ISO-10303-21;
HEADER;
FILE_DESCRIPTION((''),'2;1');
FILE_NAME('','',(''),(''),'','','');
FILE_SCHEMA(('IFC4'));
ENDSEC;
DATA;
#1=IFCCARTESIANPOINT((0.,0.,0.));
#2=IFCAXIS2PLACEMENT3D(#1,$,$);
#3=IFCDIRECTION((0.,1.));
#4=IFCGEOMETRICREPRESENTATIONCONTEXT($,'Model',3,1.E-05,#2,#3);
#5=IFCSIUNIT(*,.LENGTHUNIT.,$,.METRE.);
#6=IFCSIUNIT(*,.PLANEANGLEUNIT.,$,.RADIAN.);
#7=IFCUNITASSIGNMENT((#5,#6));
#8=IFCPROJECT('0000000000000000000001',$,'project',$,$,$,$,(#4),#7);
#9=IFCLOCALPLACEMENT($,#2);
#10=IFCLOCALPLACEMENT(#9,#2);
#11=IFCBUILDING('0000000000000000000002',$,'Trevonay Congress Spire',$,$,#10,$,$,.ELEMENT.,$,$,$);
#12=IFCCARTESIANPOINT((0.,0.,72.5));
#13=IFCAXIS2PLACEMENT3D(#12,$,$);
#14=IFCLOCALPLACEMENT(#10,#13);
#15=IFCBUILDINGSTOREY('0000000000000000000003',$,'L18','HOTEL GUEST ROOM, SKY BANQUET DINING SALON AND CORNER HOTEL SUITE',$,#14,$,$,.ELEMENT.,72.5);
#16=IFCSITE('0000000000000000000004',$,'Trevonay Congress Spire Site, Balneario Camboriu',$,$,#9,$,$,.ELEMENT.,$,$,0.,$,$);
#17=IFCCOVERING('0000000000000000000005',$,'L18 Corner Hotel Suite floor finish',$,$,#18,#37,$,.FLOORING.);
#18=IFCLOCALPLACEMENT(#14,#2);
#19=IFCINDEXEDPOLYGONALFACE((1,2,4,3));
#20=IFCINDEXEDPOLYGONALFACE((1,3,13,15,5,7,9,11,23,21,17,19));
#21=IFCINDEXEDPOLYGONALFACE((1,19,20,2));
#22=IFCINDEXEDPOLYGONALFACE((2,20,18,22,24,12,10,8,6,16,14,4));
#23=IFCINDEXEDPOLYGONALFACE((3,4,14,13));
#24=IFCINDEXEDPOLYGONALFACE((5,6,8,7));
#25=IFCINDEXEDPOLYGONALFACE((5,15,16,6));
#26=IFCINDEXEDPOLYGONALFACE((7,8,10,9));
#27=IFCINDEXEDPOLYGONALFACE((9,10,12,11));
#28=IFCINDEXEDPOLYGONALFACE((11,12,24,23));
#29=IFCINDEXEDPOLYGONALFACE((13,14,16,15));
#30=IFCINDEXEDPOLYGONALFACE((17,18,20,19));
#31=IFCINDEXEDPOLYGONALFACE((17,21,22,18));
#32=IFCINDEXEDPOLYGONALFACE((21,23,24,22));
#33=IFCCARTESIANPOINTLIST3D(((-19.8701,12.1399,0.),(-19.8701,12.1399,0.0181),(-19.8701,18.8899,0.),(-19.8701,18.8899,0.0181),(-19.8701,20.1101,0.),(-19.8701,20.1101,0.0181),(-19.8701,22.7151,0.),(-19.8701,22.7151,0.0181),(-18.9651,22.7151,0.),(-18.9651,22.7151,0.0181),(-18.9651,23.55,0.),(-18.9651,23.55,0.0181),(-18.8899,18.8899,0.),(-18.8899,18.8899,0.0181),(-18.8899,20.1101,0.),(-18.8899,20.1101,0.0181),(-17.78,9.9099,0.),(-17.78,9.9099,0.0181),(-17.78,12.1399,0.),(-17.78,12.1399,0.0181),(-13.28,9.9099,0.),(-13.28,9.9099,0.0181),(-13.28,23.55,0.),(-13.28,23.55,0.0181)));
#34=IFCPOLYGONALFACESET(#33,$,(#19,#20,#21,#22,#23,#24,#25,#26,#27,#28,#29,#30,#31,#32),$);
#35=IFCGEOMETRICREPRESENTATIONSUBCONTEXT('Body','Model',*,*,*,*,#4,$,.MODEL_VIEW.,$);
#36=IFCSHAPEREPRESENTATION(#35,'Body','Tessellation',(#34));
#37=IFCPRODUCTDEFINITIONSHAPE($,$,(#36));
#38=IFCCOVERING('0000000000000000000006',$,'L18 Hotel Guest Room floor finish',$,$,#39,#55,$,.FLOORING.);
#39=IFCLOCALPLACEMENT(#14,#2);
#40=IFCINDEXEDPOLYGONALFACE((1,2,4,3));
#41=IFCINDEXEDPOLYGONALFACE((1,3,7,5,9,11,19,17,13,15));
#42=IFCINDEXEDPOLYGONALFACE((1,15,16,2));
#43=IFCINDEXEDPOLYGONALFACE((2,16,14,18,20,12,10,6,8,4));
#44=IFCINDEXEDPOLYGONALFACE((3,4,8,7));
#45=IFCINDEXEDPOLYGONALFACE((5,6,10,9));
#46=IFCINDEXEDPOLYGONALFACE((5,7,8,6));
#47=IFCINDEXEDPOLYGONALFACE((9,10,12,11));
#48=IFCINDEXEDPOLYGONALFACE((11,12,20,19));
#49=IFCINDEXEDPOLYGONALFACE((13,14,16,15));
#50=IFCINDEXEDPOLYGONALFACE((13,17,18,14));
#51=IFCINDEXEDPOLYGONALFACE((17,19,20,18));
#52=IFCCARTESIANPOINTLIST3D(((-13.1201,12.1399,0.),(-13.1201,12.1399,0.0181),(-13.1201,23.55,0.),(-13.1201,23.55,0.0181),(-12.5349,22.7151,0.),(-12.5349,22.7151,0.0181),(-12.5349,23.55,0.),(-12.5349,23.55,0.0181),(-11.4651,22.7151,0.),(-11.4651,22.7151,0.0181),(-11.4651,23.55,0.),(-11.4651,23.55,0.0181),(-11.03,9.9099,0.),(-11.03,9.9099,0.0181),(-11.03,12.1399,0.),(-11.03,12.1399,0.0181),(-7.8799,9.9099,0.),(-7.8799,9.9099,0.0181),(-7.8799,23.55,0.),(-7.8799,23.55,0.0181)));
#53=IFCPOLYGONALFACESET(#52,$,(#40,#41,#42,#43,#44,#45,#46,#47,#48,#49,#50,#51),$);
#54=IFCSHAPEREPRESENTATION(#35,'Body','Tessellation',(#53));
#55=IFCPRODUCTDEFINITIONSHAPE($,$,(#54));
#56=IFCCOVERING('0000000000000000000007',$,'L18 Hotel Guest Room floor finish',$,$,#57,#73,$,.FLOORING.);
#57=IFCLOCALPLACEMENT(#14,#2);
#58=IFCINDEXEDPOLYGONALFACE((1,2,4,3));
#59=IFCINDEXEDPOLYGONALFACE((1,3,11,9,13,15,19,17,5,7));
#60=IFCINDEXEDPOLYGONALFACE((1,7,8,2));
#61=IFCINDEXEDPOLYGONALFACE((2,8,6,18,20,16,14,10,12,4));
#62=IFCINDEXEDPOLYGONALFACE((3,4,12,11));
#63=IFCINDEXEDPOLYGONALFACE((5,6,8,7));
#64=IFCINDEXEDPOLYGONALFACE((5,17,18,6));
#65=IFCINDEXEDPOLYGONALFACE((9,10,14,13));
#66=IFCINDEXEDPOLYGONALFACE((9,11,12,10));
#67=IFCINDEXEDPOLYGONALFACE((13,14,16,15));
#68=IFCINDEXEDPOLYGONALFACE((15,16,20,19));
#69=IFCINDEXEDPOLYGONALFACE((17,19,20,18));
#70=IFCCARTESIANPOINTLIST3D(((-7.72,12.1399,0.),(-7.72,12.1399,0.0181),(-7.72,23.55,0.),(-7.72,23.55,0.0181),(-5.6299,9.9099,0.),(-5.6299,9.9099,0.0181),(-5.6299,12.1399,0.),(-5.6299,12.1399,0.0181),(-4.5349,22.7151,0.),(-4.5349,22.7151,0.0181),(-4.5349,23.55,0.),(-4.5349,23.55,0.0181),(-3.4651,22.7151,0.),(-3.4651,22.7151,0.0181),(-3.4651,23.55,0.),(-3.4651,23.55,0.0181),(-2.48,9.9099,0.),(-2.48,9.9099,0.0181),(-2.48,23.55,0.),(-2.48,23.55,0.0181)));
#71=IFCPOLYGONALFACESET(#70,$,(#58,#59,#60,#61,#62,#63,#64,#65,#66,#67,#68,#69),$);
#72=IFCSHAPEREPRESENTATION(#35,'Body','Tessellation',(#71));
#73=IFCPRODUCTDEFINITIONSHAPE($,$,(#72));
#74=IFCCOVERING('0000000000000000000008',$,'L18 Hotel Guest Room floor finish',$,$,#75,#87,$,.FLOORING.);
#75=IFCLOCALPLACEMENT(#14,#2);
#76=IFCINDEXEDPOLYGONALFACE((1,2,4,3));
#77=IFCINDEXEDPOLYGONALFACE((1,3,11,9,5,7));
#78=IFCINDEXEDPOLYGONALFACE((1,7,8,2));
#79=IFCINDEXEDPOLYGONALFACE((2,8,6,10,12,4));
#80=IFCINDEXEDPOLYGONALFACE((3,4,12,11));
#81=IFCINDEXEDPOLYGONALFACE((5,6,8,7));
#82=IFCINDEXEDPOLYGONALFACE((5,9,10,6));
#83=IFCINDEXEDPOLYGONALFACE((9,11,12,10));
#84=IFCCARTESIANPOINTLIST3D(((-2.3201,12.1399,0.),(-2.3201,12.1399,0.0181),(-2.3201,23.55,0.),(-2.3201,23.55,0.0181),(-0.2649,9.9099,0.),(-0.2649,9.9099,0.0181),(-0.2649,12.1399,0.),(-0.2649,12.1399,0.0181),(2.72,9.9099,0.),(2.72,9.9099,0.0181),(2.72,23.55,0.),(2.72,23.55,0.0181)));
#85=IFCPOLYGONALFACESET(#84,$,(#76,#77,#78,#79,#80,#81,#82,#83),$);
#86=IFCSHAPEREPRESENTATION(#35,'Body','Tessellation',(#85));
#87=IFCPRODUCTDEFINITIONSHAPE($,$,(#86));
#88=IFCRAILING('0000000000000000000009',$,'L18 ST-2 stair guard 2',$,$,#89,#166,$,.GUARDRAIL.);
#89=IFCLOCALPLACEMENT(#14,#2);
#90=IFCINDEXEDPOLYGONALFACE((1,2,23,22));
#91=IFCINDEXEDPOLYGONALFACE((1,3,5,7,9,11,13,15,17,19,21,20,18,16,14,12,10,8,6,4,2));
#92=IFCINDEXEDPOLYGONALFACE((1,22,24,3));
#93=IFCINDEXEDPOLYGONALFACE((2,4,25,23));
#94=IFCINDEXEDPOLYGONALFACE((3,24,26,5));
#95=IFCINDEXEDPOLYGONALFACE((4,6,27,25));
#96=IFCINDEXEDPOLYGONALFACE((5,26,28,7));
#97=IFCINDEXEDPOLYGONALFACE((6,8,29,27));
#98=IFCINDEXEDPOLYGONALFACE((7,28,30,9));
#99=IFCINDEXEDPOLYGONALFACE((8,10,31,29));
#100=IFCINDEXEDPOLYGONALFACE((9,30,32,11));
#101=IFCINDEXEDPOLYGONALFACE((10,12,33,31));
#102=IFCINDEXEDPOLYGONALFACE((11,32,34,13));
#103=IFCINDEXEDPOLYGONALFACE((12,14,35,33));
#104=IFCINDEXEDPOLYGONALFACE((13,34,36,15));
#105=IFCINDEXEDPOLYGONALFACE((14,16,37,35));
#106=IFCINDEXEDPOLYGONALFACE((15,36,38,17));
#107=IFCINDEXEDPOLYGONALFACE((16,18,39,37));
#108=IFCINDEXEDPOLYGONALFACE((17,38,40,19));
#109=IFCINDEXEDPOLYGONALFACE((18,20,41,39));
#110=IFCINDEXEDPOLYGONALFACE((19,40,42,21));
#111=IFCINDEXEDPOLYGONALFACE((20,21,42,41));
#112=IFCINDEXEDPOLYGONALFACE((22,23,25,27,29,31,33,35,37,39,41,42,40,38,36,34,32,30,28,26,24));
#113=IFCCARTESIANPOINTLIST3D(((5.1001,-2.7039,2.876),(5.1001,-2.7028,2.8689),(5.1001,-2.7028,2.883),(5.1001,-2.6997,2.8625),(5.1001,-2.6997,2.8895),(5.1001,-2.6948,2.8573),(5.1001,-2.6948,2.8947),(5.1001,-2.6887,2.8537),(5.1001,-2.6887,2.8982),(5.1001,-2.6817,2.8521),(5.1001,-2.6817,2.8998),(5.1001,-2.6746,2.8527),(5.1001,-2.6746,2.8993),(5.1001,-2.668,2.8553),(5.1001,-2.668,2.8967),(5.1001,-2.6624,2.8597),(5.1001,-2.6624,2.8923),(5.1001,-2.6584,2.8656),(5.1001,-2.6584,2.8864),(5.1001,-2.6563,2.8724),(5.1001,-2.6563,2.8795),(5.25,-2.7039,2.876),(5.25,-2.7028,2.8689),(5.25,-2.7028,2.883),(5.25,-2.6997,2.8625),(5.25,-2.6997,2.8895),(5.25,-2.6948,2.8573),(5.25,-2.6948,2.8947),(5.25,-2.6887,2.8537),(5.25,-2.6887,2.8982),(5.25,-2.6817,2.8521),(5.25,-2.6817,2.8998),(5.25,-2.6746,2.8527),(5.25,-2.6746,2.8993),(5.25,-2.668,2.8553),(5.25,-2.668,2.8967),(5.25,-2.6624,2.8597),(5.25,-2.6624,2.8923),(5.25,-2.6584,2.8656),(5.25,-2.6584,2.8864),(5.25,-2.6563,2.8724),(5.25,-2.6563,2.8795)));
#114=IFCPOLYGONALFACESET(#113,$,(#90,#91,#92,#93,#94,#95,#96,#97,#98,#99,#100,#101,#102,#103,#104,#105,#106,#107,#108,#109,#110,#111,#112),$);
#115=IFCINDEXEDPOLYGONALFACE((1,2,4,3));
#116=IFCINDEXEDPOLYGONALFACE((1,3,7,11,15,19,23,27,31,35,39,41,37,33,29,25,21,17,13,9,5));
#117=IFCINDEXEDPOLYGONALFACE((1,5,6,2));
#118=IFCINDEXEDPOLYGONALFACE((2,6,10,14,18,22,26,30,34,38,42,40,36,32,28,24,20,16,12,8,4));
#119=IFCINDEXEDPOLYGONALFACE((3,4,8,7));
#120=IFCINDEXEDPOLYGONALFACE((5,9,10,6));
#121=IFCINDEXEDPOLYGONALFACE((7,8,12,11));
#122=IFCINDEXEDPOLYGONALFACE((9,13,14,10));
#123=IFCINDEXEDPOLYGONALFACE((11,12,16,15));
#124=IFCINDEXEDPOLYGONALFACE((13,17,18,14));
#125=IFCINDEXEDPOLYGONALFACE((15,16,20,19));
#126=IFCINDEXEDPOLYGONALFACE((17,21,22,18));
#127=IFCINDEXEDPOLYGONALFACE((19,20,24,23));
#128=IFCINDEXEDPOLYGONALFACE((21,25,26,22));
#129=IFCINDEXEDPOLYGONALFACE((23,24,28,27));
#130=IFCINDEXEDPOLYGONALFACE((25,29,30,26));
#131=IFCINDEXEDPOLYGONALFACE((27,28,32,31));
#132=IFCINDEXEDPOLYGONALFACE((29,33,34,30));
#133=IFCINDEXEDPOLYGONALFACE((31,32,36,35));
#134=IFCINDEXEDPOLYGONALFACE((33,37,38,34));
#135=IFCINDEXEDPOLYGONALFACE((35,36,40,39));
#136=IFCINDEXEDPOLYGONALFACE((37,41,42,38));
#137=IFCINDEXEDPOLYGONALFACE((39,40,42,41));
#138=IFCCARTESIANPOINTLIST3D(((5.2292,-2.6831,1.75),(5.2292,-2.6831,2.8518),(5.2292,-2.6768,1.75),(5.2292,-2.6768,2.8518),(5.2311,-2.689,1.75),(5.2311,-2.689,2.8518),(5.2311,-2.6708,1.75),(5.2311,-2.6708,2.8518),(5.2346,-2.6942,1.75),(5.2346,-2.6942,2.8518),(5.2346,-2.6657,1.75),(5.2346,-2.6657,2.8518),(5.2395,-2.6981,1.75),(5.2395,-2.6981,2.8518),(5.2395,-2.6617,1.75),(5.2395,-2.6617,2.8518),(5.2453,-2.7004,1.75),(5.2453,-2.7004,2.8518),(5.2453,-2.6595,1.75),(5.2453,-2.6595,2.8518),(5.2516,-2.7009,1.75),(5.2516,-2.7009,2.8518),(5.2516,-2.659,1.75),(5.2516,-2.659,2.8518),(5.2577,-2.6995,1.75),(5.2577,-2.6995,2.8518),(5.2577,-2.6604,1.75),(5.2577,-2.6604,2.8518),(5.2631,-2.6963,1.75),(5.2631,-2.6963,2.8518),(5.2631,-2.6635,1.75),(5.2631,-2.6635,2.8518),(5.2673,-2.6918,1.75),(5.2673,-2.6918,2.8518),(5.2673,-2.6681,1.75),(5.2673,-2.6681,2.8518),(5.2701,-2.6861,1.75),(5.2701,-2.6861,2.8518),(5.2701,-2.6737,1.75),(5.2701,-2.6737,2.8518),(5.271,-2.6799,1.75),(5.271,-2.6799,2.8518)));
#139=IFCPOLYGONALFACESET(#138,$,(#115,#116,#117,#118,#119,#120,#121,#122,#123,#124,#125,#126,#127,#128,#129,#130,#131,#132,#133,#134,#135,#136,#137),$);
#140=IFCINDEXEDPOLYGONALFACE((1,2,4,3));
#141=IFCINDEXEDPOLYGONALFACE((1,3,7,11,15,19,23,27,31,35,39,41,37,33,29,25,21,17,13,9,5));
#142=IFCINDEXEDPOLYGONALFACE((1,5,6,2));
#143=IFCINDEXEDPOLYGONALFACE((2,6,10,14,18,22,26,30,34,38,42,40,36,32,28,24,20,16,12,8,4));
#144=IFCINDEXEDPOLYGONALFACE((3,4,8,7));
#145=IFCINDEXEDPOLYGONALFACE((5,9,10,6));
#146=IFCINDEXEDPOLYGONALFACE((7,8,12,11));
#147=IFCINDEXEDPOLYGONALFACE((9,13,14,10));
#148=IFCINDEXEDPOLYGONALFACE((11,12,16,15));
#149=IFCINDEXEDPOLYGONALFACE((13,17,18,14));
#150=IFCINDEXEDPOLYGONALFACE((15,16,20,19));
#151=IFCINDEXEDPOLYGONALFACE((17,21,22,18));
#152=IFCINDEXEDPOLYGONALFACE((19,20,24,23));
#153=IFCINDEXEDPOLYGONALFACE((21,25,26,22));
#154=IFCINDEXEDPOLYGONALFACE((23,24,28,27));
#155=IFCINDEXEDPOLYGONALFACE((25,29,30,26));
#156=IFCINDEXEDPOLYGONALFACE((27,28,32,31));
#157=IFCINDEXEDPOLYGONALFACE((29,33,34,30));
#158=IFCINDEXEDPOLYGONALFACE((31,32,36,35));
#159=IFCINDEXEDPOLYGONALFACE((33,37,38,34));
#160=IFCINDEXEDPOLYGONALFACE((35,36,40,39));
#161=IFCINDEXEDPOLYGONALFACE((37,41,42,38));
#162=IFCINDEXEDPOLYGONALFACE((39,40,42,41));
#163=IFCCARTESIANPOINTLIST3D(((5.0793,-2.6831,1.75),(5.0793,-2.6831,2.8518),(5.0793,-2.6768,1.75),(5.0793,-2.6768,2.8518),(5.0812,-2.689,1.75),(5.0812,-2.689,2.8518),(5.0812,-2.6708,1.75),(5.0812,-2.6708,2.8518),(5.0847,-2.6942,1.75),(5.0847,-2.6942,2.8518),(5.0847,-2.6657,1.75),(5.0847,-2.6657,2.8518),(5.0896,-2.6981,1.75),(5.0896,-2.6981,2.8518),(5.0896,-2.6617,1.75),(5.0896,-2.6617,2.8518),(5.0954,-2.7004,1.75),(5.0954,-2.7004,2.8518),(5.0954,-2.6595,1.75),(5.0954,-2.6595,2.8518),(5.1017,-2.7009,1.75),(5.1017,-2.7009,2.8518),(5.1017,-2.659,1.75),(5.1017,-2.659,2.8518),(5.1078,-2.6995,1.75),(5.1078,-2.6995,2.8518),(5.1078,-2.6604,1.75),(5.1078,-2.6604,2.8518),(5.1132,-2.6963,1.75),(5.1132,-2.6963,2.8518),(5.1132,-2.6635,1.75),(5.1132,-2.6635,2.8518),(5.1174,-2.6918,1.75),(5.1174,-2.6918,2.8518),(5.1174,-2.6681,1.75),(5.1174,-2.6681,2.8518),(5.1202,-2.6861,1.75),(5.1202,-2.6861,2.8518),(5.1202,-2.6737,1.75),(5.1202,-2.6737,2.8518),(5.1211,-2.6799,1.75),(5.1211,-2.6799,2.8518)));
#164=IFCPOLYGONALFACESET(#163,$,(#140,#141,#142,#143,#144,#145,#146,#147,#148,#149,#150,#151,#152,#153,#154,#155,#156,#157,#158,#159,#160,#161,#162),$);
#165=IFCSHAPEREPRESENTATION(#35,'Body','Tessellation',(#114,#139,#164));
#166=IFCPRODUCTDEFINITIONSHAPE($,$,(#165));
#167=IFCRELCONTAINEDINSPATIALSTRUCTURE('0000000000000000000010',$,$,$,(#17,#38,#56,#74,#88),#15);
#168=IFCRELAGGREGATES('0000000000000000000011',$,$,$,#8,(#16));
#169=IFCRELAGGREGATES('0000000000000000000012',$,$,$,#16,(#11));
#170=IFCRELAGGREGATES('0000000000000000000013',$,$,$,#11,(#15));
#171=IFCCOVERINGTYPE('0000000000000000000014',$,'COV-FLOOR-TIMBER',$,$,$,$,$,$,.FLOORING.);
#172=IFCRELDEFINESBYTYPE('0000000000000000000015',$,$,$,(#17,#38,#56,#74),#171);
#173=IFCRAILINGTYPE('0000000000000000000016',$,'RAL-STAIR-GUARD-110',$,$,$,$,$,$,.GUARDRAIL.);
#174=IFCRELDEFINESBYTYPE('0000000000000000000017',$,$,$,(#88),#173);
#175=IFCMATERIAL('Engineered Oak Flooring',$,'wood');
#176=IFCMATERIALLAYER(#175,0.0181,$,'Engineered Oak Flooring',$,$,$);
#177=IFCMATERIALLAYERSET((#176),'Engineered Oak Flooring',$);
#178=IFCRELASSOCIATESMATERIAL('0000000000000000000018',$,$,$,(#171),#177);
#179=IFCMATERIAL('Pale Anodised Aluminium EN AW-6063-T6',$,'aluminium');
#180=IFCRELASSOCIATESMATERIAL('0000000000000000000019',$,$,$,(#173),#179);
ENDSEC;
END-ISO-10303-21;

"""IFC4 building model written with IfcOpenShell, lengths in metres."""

from ifc_helpers import new_model, si_unit, direction, frame, origin, origin_2d, place, context, subcontext, project, spatial, polyline, circle, outline, extrude, material, layer, layer_set, type_object, element, save


model = new_model("IFC4")

# Units and contexts
model_context = context("Model", 3, precision=1e-05, world=origin(), true_north=direction((0.0, 1.0)))
body_context = subcontext(model_context, "Body", "Model", "MODEL_VIEW")
ifc_project = project(units=[si_unit("LENGTHUNIT", "METRE"), si_unit("PLANEANGLEUNIT", "RADIAN")], contexts=[model_context])

# Site, building, storey
site_placement = place(None, origin())
site = spatial("IfcSite", under=ifc_project, at=site_placement, Name="Trevonay Congress Spire Site, Balneario Camboriu", CompositionType="ELEMENT", RefElevation=0.0)
building_placement = place(site_placement, origin())
building = spatial("IfcBuilding", under=site, at=building_placement, Name="Trevonay Congress Spire", CompositionType="ELEMENT")
storey_placement = place(building_placement, frame((0.0, 0.0, 72.5)))
storey = spatial("IfcBuildingStorey", under=building, at=storey_placement, Name="L18", Description="HOTEL GUEST ROOM, SKY BANQUET DINING SALON AND CORNER HOTEL SUITE", CompositionType="ELEMENT", Elevation=72.5)

# Coverings
ifc_material_1 = material(Name="Engineered Oak Flooring", Category="wood")
ifc_layer_1 = layer(ifc_material_1, 0.0181, Name="Engineered Oak Flooring")
ifc_layer_set_1 = layer_set([ifc_layer_1], Name="Engineered Oak Flooring")
covering_type_1 = type_object("IfcCoveringType", Name="COV-FLOOR-TIMBER", PredefinedType="FLOORING", material=ifc_layer_set_1)
covering_1_placement = place(storey_placement, origin())
element("IfcCovering", 1, at=covering_1_placement, inside=storey, type_object=covering_type_1, Name="L18 Corner Hotel Suite floor finish", PredefinedType="FLOORING", context=body_context, shape_type="SweptSolid", body=[
    extrude(outline(polyline([(-13.28, 23.55), (-13.28, 9.9099), (-17.78, 9.9099), (-17.78, 12.1399), (-19.8701, 12.1399), (-19.8701, 18.8899), (-18.8899, 18.8899), (-18.8899, 20.1101), (-19.8701, 20.1101), (-19.8701, 22.7151), (-18.9651, 22.7151), (-18.9651, 23.55), (-13.28, 23.55)])), origin(), (0.0, 0.0, 1.0), 0.0181),
])
covering_2_placement = place(storey_placement, origin())
element("IfcCovering", 2, at=covering_2_placement, inside=storey, type_object=covering_type_1, Name="L18 Hotel Guest Room floor finish", PredefinedType="FLOORING", context=body_context, shape_type="SweptSolid", body=[
    extrude(outline(polyline([(-7.8799, 23.55), (-7.8799, 9.9099), (-11.03, 9.9099), (-11.03, 12.1399), (-13.1201, 12.1399), (-13.1201, 23.55), (-12.5349, 23.55), (-12.5349, 22.7151), (-11.4651, 22.7151), (-11.4651, 23.55), (-7.8799, 23.55)])), origin(), (0.0, 0.0, 1.0), 0.0181),
])
covering_3_placement = place(storey_placement, origin())
element("IfcCovering", 3, at=covering_3_placement, inside=storey, type_object=covering_type_1, Name="L18 Hotel Guest Room floor finish", PredefinedType="FLOORING", context=body_context, shape_type="SweptSolid", body=[
    extrude(outline(polyline([(-2.48, 23.55), (-2.48, 9.9099), (-5.6299, 9.9099), (-5.6299, 12.1399), (-7.72, 12.1399), (-7.72, 23.55), (-4.5349, 23.55), (-4.5349, 22.7151), (-3.4651, 22.7151), (-3.4651, 23.55), (-2.48, 23.55)])), origin(), (0.0, 0.0, 1.0), 0.0181),
])
covering_4_placement = place(storey_placement, origin())
element("IfcCovering", 4, at=covering_4_placement, inside=storey, type_object=covering_type_1, Name="L18 Hotel Guest Room floor finish", PredefinedType="FLOORING", context=body_context, shape_type="SweptSolid", body=[
    extrude(outline(polyline([(-0.2649, 9.9099), (2.72, 9.9099), (2.72, 23.55), (-2.3201, 23.55), (-2.3201, 12.1399), (-0.2649, 12.1399), (-0.2649, 9.9099)])), origin(), (0.0, 0.0, 1.0), 0.0181),
])

# Railing
ifc_material_2 = material(Name="Pale Anodised Aluminium EN AW-6063-T6", Category="aluminium")
railing_type_1 = type_object("IfcRailingType", Name="RAL-STAIR-GUARD-110", PredefinedType="GUARDRAIL", material=ifc_material_2)
railing_1_placement = place(storey_placement, frame((5.25, -2.6799, 1.75)))
element("IfcRailing", 5, at=railing_1_placement, inside=storey, type_object=railing_type_1, Name="L18 ST-2 stair guard 2", PredefinedType="GUARDRAIL", context=body_context, shape_type="SweptSolid", body=[
    extrude(circle(Radius=0.0239, at=origin_2d()), frame((0.0, 0.0, 1.126), z_axis=(-1.0, 0.0, 0.0), x_axis=(0.0, -1.0, 0.0)), (0.0, 0.0, 1.0), 0.1499),
    extrude(circle(Radius=0.021, at=origin_2d()), origin(), (0.0, 0.0, 1.0), 1.1018),
    extrude(circle(Radius=0.021, at=origin_2d()), frame((-0.1499, 0.0, 0.0)), (0.0, 0.0, 1.0), 1.1018),
])

save(model, "model.ifc")
